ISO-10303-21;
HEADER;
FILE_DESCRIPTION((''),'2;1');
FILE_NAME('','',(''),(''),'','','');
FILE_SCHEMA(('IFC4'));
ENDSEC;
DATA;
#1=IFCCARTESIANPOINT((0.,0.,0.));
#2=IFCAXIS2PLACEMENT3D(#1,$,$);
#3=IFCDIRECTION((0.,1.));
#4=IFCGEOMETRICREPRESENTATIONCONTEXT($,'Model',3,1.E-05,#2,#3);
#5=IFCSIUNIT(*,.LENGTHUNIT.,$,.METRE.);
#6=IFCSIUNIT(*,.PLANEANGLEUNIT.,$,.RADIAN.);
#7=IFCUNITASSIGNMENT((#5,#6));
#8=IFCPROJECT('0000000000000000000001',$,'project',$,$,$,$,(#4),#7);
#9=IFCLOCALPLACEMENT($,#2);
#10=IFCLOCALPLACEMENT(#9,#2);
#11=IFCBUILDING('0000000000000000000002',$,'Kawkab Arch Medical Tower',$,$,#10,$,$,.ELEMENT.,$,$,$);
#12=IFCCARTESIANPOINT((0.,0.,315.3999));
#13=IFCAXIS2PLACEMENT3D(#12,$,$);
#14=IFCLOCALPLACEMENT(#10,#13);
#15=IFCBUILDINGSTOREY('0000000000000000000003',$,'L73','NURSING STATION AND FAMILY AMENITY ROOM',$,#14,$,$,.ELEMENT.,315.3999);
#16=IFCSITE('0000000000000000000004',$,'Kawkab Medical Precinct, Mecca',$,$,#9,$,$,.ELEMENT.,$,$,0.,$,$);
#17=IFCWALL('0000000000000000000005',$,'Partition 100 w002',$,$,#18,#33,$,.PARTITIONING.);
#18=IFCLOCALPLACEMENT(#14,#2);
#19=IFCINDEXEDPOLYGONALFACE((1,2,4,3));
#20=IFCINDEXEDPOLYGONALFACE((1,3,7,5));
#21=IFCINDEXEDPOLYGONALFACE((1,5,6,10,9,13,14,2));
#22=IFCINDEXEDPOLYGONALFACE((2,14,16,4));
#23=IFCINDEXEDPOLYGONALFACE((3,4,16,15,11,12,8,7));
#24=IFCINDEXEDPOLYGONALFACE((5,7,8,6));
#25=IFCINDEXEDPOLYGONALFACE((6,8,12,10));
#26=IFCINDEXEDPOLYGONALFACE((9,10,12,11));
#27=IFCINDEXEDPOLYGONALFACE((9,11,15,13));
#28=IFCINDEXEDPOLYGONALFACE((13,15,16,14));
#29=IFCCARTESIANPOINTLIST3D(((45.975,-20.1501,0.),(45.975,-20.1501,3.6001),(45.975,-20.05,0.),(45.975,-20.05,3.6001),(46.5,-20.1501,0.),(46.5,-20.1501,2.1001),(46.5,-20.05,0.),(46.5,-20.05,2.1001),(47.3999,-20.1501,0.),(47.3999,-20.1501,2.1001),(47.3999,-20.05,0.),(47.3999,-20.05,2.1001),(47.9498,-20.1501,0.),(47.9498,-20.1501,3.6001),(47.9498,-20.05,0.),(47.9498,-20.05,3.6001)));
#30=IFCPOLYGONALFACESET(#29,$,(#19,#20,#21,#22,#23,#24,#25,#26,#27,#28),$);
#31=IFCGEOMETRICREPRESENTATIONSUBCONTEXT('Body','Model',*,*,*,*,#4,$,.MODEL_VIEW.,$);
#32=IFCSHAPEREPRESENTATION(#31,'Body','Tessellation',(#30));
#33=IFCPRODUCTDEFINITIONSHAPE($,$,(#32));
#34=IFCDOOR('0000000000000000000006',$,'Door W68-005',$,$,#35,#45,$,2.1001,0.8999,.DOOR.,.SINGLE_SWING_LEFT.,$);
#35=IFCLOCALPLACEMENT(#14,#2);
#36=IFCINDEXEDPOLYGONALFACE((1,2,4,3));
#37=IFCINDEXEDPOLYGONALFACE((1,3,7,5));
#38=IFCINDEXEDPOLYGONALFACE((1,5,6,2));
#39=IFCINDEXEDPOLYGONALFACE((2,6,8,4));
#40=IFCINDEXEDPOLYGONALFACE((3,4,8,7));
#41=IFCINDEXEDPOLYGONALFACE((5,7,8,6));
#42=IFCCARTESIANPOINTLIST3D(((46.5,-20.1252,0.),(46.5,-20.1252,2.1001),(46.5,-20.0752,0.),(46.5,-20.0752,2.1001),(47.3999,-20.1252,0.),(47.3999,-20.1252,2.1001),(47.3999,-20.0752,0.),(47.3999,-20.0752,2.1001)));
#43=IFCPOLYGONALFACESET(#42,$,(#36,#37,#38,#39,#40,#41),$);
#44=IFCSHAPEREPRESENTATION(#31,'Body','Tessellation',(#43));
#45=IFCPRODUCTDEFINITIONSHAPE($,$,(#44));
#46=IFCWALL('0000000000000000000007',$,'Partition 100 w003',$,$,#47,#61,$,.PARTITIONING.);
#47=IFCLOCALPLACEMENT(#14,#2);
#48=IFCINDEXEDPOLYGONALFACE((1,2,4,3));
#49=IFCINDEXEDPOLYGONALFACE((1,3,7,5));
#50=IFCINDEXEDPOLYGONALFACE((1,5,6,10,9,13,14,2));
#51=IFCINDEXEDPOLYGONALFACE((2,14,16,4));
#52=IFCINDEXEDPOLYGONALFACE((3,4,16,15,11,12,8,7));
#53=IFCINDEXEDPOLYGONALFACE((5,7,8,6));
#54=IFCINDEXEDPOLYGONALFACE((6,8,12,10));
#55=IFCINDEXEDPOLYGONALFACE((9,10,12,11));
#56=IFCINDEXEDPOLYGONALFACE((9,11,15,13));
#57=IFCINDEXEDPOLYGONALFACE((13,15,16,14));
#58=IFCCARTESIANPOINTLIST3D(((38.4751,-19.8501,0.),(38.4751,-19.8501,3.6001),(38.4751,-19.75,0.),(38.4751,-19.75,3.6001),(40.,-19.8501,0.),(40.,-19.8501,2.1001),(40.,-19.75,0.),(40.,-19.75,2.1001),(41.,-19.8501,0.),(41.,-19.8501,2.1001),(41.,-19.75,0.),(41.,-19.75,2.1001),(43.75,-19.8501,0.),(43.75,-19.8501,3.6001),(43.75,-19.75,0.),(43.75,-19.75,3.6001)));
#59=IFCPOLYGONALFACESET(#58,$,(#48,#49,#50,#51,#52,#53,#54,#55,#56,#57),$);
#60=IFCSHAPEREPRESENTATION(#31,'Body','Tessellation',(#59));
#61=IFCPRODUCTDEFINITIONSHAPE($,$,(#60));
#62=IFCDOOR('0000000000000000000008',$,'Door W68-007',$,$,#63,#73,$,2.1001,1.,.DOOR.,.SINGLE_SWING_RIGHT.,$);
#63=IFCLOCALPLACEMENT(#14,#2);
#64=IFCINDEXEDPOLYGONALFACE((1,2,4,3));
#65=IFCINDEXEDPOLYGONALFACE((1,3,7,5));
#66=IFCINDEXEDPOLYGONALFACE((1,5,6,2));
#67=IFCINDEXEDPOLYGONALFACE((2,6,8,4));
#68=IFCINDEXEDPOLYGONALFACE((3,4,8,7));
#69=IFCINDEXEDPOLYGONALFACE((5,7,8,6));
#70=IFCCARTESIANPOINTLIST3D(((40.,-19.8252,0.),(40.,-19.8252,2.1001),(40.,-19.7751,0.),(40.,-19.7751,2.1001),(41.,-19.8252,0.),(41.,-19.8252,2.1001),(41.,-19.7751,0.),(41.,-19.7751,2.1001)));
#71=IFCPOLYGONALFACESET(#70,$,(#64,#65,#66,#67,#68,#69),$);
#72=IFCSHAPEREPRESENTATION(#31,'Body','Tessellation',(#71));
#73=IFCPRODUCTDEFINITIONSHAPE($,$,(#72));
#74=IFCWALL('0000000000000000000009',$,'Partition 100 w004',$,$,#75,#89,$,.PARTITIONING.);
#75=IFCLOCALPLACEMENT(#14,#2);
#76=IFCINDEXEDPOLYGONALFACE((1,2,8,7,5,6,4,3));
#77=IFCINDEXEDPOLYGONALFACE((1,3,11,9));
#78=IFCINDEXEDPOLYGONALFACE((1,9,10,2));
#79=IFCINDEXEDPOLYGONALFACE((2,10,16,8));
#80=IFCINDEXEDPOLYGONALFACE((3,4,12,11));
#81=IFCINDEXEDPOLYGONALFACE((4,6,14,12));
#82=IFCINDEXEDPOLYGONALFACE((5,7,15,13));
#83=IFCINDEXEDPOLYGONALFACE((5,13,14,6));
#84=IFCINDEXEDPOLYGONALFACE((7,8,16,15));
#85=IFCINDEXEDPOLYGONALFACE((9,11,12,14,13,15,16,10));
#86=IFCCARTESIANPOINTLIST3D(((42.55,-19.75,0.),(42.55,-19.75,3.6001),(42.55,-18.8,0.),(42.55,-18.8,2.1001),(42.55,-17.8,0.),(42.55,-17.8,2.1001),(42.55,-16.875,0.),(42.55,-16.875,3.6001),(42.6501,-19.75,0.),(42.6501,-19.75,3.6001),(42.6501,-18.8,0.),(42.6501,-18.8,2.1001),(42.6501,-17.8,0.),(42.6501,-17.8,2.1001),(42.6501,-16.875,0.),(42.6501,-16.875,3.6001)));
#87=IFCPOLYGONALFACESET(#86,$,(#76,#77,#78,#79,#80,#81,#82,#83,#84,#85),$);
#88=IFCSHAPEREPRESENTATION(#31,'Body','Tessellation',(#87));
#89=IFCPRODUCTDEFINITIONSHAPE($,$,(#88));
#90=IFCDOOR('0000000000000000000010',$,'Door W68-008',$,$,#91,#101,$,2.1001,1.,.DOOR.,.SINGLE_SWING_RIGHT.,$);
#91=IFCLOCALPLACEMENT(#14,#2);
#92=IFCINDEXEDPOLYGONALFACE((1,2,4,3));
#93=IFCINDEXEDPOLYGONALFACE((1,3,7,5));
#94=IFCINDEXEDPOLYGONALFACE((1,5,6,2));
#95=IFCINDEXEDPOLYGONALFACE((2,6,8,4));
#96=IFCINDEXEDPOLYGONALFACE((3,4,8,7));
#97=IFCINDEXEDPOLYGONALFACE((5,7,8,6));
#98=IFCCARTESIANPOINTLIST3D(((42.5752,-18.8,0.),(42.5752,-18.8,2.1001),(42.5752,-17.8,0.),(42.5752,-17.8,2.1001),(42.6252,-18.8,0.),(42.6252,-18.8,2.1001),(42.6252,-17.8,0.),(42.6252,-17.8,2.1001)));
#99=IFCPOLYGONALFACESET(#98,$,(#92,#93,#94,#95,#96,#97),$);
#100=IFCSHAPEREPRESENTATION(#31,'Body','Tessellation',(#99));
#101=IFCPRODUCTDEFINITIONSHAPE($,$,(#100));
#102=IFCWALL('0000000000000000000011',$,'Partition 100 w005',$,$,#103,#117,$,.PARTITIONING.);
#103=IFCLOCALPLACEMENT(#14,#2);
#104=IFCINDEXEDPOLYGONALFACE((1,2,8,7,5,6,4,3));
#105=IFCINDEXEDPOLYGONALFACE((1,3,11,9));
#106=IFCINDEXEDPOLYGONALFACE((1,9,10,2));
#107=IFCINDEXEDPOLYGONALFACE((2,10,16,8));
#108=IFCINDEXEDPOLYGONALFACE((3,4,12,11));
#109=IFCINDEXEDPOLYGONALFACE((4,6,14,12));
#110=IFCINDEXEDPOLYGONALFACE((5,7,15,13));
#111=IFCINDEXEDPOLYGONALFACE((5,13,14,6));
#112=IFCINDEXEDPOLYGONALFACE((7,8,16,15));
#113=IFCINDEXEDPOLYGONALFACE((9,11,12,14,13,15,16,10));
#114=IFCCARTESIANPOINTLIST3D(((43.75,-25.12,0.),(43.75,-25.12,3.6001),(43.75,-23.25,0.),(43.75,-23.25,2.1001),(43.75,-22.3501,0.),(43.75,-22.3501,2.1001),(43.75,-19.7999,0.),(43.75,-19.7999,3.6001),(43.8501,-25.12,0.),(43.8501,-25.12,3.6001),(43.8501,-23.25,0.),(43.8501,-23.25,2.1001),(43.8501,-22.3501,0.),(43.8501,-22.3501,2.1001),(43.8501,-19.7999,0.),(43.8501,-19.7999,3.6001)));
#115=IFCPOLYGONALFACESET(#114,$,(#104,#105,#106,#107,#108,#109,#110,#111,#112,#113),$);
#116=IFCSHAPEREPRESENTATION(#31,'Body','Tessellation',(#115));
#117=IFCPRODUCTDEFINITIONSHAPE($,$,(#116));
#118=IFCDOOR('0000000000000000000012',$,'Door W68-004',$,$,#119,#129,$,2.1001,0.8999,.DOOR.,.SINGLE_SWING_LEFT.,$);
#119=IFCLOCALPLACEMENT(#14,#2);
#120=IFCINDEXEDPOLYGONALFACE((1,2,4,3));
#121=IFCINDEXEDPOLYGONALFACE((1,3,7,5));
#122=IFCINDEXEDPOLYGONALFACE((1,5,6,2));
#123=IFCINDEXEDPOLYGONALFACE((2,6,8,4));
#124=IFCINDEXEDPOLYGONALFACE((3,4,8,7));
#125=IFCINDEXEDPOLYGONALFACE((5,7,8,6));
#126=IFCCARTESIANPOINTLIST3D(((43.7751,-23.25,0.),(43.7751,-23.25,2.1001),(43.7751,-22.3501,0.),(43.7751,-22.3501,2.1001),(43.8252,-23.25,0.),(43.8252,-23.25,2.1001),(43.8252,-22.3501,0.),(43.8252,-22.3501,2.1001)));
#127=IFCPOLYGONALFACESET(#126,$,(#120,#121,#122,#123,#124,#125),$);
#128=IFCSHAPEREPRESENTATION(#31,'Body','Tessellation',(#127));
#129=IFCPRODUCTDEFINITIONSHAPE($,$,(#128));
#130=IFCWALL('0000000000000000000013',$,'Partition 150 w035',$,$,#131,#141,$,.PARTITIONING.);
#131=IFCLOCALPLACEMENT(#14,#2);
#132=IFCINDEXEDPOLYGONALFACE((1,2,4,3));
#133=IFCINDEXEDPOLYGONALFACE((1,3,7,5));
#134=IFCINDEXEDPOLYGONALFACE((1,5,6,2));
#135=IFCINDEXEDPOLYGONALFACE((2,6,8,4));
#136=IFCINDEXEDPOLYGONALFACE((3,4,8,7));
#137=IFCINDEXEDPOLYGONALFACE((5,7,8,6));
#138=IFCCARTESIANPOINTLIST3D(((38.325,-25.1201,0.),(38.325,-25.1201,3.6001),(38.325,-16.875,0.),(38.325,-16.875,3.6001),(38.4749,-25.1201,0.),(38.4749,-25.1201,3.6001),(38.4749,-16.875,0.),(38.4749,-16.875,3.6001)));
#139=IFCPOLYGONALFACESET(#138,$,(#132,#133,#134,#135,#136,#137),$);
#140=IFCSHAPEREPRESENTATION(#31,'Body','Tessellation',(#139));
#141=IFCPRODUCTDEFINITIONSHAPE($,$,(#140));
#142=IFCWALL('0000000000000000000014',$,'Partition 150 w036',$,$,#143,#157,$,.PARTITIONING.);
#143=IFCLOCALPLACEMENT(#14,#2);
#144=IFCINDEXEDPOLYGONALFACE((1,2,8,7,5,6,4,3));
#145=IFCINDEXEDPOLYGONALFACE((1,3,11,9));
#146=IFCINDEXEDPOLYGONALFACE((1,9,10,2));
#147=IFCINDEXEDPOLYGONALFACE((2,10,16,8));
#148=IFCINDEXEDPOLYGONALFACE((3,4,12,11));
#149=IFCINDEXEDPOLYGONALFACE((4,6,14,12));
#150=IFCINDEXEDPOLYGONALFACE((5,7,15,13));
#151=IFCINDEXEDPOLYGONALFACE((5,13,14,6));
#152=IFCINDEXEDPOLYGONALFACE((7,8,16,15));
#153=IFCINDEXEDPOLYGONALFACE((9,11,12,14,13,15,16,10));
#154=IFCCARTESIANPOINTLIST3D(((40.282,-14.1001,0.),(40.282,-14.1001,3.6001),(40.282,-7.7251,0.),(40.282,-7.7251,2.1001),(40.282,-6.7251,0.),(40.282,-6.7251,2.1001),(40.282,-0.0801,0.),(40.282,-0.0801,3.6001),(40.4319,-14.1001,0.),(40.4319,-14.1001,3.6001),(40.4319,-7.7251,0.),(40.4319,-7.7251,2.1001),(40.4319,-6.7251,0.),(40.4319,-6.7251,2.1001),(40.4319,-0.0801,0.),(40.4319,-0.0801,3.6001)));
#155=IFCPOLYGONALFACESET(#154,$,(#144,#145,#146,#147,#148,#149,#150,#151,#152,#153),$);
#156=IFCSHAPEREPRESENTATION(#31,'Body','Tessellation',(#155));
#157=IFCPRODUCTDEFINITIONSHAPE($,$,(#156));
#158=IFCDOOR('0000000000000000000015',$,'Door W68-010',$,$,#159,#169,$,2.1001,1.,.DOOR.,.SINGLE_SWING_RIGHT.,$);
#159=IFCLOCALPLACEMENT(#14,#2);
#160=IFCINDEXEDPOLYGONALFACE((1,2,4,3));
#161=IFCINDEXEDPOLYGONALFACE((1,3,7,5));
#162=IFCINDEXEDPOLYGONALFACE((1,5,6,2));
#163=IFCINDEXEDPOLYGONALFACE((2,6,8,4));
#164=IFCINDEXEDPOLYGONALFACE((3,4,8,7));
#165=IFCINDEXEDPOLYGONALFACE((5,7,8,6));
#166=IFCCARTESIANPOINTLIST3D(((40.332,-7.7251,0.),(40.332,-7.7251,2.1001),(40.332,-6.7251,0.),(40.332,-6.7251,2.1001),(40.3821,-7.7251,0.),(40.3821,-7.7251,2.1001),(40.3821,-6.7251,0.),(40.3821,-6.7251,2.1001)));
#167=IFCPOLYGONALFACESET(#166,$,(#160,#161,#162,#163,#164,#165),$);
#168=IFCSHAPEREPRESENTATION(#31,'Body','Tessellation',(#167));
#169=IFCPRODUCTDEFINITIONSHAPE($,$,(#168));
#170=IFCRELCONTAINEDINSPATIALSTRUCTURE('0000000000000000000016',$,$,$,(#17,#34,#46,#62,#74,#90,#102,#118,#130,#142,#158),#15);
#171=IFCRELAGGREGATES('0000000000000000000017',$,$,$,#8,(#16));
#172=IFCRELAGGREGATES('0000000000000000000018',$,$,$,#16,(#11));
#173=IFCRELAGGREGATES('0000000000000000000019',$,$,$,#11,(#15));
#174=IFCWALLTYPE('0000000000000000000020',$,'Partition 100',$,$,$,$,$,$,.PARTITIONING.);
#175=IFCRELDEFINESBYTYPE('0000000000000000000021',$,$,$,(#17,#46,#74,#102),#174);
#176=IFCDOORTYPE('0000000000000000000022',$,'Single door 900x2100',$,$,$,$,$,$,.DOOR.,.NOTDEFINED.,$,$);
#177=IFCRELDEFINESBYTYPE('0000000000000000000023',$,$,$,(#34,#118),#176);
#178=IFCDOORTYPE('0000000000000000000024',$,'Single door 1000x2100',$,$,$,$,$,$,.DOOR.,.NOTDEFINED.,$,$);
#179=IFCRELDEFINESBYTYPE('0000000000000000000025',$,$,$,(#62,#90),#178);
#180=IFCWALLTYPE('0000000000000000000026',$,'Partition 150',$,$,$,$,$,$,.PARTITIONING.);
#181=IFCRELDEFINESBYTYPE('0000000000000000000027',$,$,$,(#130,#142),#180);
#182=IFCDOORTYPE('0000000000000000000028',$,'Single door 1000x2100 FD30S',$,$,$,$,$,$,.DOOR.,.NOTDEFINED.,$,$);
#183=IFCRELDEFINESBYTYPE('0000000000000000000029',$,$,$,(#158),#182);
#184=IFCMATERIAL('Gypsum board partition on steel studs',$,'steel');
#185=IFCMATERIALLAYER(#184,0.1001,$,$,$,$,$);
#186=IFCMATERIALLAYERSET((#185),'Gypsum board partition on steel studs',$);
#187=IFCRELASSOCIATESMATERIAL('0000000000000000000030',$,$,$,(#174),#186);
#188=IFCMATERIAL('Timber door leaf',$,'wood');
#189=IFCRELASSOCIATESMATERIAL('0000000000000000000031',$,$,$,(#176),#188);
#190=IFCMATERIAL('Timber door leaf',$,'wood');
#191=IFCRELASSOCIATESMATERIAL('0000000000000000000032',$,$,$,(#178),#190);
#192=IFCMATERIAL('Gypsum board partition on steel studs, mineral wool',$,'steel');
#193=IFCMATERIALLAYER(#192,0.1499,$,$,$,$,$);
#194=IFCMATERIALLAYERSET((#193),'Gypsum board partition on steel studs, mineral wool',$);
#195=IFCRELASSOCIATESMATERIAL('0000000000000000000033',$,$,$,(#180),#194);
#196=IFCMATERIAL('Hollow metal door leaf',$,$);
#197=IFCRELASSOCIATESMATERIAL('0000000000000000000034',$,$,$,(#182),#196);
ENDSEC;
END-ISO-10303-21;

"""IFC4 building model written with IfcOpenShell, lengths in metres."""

from ifc_helpers import new_model, si_unit, direction, frame, frame_2d, origin, place, context, subcontext, project, spatial, rectangle, extrude, material, layer, layer_set, type_object, element, fill, save


model = new_model("IFC4")

# Units and contexts
model_context = context("Model", 3, precision=1e-05, world=origin(), true_north=direction((0.0, 1.0)))
body_context = subcontext(model_context, "Body", "Model", "MODEL_VIEW")
ifc_project = project(units=[si_unit("LENGTHUNIT", "METRE"), si_unit("PLANEANGLEUNIT", "RADIAN")], contexts=[model_context])

# Site, building, storey
site_placement = place(None, origin())
site = spatial("IfcSite", under=ifc_project, at=site_placement, Name="Kawkab Medical Precinct, Mecca", CompositionType="ELEMENT", RefElevation=0.0)
building_placement = place(site_placement, origin())
building = spatial("IfcBuilding", under=site, at=building_placement, Name="Kawkab Arch Medical Tower", CompositionType="ELEMENT")
storey_placement = place(building_placement, frame((0.0, 0.0, 315.3999)))
storey = spatial("IfcBuildingStorey", under=building, at=storey_placement, Name="L73", Description="NURSING STATION AND FAMILY AMENITY ROOM", CompositionType="ELEMENT", Elevation=315.3999)

# Shared definitions
ifc_material_1 = material(Name="Gypsum board partition on steel studs", Category="steel")
ifc_layer_1 = layer(ifc_material_1, 0.1001)
ifc_layer_set_1 = layer_set([ifc_layer_1], Name="Gypsum board partition on steel studs")
wall_type_1 = type_object("IfcWallType", Name="Partition 100", PredefinedType="PARTITIONING", material=ifc_layer_set_1)

# Walls, openings, doors
wall_1_placement = place(storey_placement, frame((45.9751, -20.1001, 0.0), z_axis=(0.0, 0.0, 1.0), x_axis=(1.0, 0.0, 0.0)))
wall_1 = element("IfcWall", 1, at=wall_1_placement, inside=storey, type_object=wall_type_1, Name="Partition 100 w002", PredefinedType="PARTITIONING", context=body_context, shape_type="SweptSolid", body=[
    extrude(rectangle(XDim=1.9749, YDim=0.1001, at=frame_2d((0.9873, 0.0))), origin(), (0.0, 0.0, 1.0), 3.6001),
])
opening_1_placement = place(wall_1_placement, frame((0.5249, 0.0, 0.0)))
opening_1 = element("IfcOpeningElement", 2, at=opening_1_placement, cuts=wall_1, PredefinedType="OPENING", context=body_context, shape_type="SweptSolid", body=[
    extrude(rectangle(XDim=0.8999, YDim=2.1001, at=frame_2d((0.45, 1.05))), frame((0.0, 0.0601, 0.0), z_axis=(0.0, -1.0, 0.0), x_axis=(1.0, 0.0, 0.0)), (0.0, 0.0, 1.0), 0.1201),
])
ifc_material_2 = material(Name="Timber door leaf", Category="wood")
door_type_1 = type_object("IfcDoorType", Name="Single door 900x2100", OperationType="NOTDEFINED", PredefinedType="DOOR", material=ifc_material_2)
door_1_placement = place(opening_1_placement, origin())
door_1 = element("IfcDoor", 3, at=door_1_placement, inside=storey, type_object=door_type_1, Name="Door W68-005", OperationType="SINGLE_SWING_LEFT", OverallHeight=2.1001, OverallWidth=0.8999, PredefinedType="DOOR", context=body_context, shape_type="SweptSolid", body=[
    extrude(rectangle(XDim=0.8999, YDim=2.1001, at=frame_2d((0.45, 1.05))), frame((0.0, 0.0249, 0.0), z_axis=(0.0, -1.0, 0.0), x_axis=(1.0, 0.0, 0.0)), (0.0, 0.0, 1.0), 0.05),
])
fill(opening_1, door_1)
wall_2_placement = place(storey_placement, frame((38.4751, -19.8, 0.0), z_axis=(0.0, 0.0, 1.0), x_axis=(1.0, 0.0, 0.0)))
wall_2 = element("IfcWall", 4, at=wall_2_placement, inside=storey, type_object=wall_type_1, Name="Partition 100 w003", PredefinedType="PARTITIONING", context=body_context, shape_type="SweptSolid", body=[
    extrude(rectangle(XDim=5.2749, YDim=0.1001, at=frame_2d((2.6375, 0.0))), origin(), (0.0, 0.0, 1.0), 3.6001),
])
opening_2_placement = place(wall_2_placement, frame((1.5249, 0.0, 0.0)))
opening_2 = element("IfcOpeningElement", 5, at=opening_2_placement, cuts=wall_2, PredefinedType="OPENING", context=body_context, shape_type="SweptSolid", body=[
    extrude(rectangle(XDim=1.0, YDim=2.1001, at=frame_2d((0.5, 1.05))), frame((0.0, 0.0601, 0.0), z_axis=(0.0, -1.0, 0.0), x_axis=(1.0, 0.0, 0.0)), (0.0, 0.0, 1.0), 0.1201),
])
ifc_material_3 = material(Name="Timber door leaf", Category="wood")
door_type_2 = type_object("IfcDoorType", Name="Single door 1000x2100", OperationType="NOTDEFINED", PredefinedType="DOOR", material=ifc_material_3)
door_2_placement = place(opening_2_placement, origin())
door_2 = element("IfcDoor", 6, at=door_2_placement, inside=storey, type_object=door_type_2, Name="Door W68-007", OperationType="SINGLE_SWING_RIGHT", OverallHeight=2.1001, OverallWidth=1.0, PredefinedType="DOOR", context=body_context, shape_type="SweptSolid", body=[
    extrude(rectangle(XDim=1.0, YDim=2.1001, at=frame_2d((0.5, 1.05))), frame((0.0, 0.0249, 0.0), z_axis=(0.0, -1.0, 0.0), x_axis=(1.0, 0.0, 0.0)), (0.0, 0.0, 1.0), 0.05),
])
fill(opening_2, door_2)
wall_3_placement = place(storey_placement, frame((42.6001, -19.75, 0.0), z_axis=(0.0, 0.0, 1.0), x_axis=(0.0, 1.0, 0.0)))
wall_3 = element("IfcWall", 7, at=wall_3_placement, inside=storey, type_object=wall_type_1, Name="Partition 100 w004", PredefinedType="PARTITIONING", context=body_context, shape_type="SweptSolid", body=[
    extrude(rectangle(XDim=2.875, YDim=0.1001, at=frame_2d((1.4375, 0.0))), origin(), (0.0, 0.0, 1.0), 3.6001),
])
opening_3_placement = place(wall_3_placement, frame((0.95, 0.0, 0.0)))
opening_3 = element("IfcOpeningElement", 8, at=opening_3_placement, cuts=wall_3, PredefinedType="OPENING", context=body_context, shape_type="SweptSolid", body=[
    extrude(rectangle(XDim=1.0, YDim=2.1001, at=frame_2d((0.5, 1.05))), frame((0.0, 0.0601, 0.0), z_axis=(0.0, -1.0, 0.0), x_axis=(1.0, 0.0, 0.0)), (0.0, 0.0, 1.0), 0.1201),
])
door_3_placement = place(opening_3_placement, origin())
door_3 = element("IfcDoor", 9, at=door_3_placement, inside=storey, type_object=door_type_2, Name="Door W68-008", OperationType="SINGLE_SWING_RIGHT", OverallHeight=2.1001, OverallWidth=1.0, PredefinedType="DOOR", context=body_context, shape_type="SweptSolid", body=[
    extrude(rectangle(XDim=1.0, YDim=2.1001, at=frame_2d((0.5, 1.05))), frame((0.0, 0.0249, 0.0), z_axis=(0.0, -1.0, 0.0), x_axis=(1.0, 0.0, 0.0)), (0.0, 0.0, 1.0), 0.05),
])
fill(opening_3, door_3)
wall_4_placement = place(storey_placement, frame((43.8, -25.1201, 0.0), z_axis=(0.0, 0.0, 1.0), x_axis=(0.0, 1.0, 0.0)))
wall_4 = element("IfcWall", 10, at=wall_4_placement, inside=storey, type_object=wall_type_1, Name="Partition 100 w005", PredefinedType="PARTITIONING", context=body_context, shape_type="SweptSolid", body=[
    extrude(rectangle(XDim=5.3201, YDim=0.1001, at=frame_2d((2.6602, 0.0))), origin(), (0.0, 0.0, 1.0), 3.6001),
])
opening_4_placement = place(wall_4_placement, frame((1.8701, 0.0, 0.0)))
opening_4 = element("IfcOpeningElement", 11, at=opening_4_placement, cuts=wall_4, PredefinedType="OPENING", context=body_context, shape_type="SweptSolid", body=[
    extrude(rectangle(XDim=0.8999, YDim=2.1001, at=frame_2d((0.45, 1.05))), frame((0.0, 0.0601, 0.0), z_axis=(0.0, -1.0, 0.0), x_axis=(1.0, 0.0, 0.0)), (0.0, 0.0, 1.0), 0.1201),
])
door_4_placement = place(opening_4_placement, origin())
door_4 = element("IfcDoor", 12, at=door_4_placement, inside=storey, type_object=door_type_1, Name="Door W68-004", OperationType="SINGLE_SWING_LEFT", OverallHeight=2.1001, OverallWidth=0.8999, PredefinedType="DOOR", context=body_context, shape_type="SweptSolid", body=[
    extrude(rectangle(XDim=0.8999, YDim=2.1001, at=frame_2d((0.45, 1.05))), frame((0.0, 0.0249, 0.0), z_axis=(0.0, -1.0, 0.0), x_axis=(1.0, 0.0, 0.0)), (0.0, 0.0, 1.0), 0.05),
])
fill(opening_4, door_4)

# Wall
ifc_material_4 = material(Name="Gypsum board partition on steel studs, mineral wool", Category="steel")
ifc_layer_2 = layer(ifc_material_4, 0.1499)
ifc_layer_set_2 = layer_set([ifc_layer_2], Name="Gypsum board partition on steel studs, mineral wool")
wall_type_2 = type_object("IfcWallType", Name="Partition 150", PredefinedType="PARTITIONING", material=ifc_layer_set_2)
wall_5_placement = place(storey_placement, frame((38.3999, -25.1201, 0.0), z_axis=(0.0, 0.0, 1.0), x_axis=(0.0, 1.0, 0.0)))
element("IfcWall", 13, at=wall_5_placement, inside=storey, type_object=wall_type_2, Name="Partition 150 w035", PredefinedType="PARTITIONING", context=body_context, shape_type="SweptSolid", body=[
    extrude(rectangle(XDim=8.2451, YDim=0.1499, at=frame_2d((4.1226, 0.0))), origin(), (0.0, 0.0, 1.0), 3.6001),
])

# Wall, opening, door
wall_6_placement = place(storey_placement, frame((40.3569, -14.1001, 0.0), z_axis=(0.0, 0.0, 1.0), x_axis=(0.0, 1.0, 0.0)))
wall_6 = element("IfcWall", 14, at=wall_6_placement, inside=storey, type_object=wall_type_2, Name="Partition 150 w036", PredefinedType="PARTITIONING", context=body_context, shape_type="SweptSolid", body=[
    extrude(rectangle(XDim=14.02, YDim=0.1499, at=frame_2d((7.01, 0.0))), origin(), (0.0, 0.0, 1.0), 3.6001),
])
opening_5_placement = place(wall_6_placement, frame((6.375, 0.0, 0.0)))
opening_5 = element("IfcOpeningElement", 15, at=opening_5_placement, cuts=wall_6, PredefinedType="OPENING", context=body_context, shape_type="SweptSolid", body=[
    extrude(rectangle(XDim=1.0, YDim=2.1001, at=frame_2d((0.5, 1.05))), frame((0.0, 0.085, 0.0), z_axis=(0.0, -1.0, 0.0), x_axis=(1.0, 0.0, 0.0)), (0.0, 0.0, 1.0), 0.1699),
])
ifc_material_5 = material(Name="Hollow metal door leaf")
door_type_3 = type_object("IfcDoorType", Name="Single door 1000x2100 FD30S", OperationType="NOTDEFINED", PredefinedType="DOOR", material=ifc_material_5)
door_5_placement = place(opening_5_placement, origin())
door_5 = element("IfcDoor", 16, at=door_5_placement, inside=storey, type_object=door_type_3, Name="Door W68-010", OperationType="SINGLE_SWING_RIGHT", OverallHeight=2.1001, OverallWidth=1.0, PredefinedType="DOOR", context=body_context, shape_type="SweptSolid", body=[
    extrude(rectangle(XDim=1.0, YDim=2.1001, at=frame_2d((0.5, 1.05))), frame((0.0, 0.0249, 0.0), z_axis=(0.0, -1.0, 0.0), x_axis=(1.0, 0.0, 0.0)), (0.0, 0.0, 1.0), 0.05),
])
fill(opening_5, door_5)

save(model, "model.ifc")
